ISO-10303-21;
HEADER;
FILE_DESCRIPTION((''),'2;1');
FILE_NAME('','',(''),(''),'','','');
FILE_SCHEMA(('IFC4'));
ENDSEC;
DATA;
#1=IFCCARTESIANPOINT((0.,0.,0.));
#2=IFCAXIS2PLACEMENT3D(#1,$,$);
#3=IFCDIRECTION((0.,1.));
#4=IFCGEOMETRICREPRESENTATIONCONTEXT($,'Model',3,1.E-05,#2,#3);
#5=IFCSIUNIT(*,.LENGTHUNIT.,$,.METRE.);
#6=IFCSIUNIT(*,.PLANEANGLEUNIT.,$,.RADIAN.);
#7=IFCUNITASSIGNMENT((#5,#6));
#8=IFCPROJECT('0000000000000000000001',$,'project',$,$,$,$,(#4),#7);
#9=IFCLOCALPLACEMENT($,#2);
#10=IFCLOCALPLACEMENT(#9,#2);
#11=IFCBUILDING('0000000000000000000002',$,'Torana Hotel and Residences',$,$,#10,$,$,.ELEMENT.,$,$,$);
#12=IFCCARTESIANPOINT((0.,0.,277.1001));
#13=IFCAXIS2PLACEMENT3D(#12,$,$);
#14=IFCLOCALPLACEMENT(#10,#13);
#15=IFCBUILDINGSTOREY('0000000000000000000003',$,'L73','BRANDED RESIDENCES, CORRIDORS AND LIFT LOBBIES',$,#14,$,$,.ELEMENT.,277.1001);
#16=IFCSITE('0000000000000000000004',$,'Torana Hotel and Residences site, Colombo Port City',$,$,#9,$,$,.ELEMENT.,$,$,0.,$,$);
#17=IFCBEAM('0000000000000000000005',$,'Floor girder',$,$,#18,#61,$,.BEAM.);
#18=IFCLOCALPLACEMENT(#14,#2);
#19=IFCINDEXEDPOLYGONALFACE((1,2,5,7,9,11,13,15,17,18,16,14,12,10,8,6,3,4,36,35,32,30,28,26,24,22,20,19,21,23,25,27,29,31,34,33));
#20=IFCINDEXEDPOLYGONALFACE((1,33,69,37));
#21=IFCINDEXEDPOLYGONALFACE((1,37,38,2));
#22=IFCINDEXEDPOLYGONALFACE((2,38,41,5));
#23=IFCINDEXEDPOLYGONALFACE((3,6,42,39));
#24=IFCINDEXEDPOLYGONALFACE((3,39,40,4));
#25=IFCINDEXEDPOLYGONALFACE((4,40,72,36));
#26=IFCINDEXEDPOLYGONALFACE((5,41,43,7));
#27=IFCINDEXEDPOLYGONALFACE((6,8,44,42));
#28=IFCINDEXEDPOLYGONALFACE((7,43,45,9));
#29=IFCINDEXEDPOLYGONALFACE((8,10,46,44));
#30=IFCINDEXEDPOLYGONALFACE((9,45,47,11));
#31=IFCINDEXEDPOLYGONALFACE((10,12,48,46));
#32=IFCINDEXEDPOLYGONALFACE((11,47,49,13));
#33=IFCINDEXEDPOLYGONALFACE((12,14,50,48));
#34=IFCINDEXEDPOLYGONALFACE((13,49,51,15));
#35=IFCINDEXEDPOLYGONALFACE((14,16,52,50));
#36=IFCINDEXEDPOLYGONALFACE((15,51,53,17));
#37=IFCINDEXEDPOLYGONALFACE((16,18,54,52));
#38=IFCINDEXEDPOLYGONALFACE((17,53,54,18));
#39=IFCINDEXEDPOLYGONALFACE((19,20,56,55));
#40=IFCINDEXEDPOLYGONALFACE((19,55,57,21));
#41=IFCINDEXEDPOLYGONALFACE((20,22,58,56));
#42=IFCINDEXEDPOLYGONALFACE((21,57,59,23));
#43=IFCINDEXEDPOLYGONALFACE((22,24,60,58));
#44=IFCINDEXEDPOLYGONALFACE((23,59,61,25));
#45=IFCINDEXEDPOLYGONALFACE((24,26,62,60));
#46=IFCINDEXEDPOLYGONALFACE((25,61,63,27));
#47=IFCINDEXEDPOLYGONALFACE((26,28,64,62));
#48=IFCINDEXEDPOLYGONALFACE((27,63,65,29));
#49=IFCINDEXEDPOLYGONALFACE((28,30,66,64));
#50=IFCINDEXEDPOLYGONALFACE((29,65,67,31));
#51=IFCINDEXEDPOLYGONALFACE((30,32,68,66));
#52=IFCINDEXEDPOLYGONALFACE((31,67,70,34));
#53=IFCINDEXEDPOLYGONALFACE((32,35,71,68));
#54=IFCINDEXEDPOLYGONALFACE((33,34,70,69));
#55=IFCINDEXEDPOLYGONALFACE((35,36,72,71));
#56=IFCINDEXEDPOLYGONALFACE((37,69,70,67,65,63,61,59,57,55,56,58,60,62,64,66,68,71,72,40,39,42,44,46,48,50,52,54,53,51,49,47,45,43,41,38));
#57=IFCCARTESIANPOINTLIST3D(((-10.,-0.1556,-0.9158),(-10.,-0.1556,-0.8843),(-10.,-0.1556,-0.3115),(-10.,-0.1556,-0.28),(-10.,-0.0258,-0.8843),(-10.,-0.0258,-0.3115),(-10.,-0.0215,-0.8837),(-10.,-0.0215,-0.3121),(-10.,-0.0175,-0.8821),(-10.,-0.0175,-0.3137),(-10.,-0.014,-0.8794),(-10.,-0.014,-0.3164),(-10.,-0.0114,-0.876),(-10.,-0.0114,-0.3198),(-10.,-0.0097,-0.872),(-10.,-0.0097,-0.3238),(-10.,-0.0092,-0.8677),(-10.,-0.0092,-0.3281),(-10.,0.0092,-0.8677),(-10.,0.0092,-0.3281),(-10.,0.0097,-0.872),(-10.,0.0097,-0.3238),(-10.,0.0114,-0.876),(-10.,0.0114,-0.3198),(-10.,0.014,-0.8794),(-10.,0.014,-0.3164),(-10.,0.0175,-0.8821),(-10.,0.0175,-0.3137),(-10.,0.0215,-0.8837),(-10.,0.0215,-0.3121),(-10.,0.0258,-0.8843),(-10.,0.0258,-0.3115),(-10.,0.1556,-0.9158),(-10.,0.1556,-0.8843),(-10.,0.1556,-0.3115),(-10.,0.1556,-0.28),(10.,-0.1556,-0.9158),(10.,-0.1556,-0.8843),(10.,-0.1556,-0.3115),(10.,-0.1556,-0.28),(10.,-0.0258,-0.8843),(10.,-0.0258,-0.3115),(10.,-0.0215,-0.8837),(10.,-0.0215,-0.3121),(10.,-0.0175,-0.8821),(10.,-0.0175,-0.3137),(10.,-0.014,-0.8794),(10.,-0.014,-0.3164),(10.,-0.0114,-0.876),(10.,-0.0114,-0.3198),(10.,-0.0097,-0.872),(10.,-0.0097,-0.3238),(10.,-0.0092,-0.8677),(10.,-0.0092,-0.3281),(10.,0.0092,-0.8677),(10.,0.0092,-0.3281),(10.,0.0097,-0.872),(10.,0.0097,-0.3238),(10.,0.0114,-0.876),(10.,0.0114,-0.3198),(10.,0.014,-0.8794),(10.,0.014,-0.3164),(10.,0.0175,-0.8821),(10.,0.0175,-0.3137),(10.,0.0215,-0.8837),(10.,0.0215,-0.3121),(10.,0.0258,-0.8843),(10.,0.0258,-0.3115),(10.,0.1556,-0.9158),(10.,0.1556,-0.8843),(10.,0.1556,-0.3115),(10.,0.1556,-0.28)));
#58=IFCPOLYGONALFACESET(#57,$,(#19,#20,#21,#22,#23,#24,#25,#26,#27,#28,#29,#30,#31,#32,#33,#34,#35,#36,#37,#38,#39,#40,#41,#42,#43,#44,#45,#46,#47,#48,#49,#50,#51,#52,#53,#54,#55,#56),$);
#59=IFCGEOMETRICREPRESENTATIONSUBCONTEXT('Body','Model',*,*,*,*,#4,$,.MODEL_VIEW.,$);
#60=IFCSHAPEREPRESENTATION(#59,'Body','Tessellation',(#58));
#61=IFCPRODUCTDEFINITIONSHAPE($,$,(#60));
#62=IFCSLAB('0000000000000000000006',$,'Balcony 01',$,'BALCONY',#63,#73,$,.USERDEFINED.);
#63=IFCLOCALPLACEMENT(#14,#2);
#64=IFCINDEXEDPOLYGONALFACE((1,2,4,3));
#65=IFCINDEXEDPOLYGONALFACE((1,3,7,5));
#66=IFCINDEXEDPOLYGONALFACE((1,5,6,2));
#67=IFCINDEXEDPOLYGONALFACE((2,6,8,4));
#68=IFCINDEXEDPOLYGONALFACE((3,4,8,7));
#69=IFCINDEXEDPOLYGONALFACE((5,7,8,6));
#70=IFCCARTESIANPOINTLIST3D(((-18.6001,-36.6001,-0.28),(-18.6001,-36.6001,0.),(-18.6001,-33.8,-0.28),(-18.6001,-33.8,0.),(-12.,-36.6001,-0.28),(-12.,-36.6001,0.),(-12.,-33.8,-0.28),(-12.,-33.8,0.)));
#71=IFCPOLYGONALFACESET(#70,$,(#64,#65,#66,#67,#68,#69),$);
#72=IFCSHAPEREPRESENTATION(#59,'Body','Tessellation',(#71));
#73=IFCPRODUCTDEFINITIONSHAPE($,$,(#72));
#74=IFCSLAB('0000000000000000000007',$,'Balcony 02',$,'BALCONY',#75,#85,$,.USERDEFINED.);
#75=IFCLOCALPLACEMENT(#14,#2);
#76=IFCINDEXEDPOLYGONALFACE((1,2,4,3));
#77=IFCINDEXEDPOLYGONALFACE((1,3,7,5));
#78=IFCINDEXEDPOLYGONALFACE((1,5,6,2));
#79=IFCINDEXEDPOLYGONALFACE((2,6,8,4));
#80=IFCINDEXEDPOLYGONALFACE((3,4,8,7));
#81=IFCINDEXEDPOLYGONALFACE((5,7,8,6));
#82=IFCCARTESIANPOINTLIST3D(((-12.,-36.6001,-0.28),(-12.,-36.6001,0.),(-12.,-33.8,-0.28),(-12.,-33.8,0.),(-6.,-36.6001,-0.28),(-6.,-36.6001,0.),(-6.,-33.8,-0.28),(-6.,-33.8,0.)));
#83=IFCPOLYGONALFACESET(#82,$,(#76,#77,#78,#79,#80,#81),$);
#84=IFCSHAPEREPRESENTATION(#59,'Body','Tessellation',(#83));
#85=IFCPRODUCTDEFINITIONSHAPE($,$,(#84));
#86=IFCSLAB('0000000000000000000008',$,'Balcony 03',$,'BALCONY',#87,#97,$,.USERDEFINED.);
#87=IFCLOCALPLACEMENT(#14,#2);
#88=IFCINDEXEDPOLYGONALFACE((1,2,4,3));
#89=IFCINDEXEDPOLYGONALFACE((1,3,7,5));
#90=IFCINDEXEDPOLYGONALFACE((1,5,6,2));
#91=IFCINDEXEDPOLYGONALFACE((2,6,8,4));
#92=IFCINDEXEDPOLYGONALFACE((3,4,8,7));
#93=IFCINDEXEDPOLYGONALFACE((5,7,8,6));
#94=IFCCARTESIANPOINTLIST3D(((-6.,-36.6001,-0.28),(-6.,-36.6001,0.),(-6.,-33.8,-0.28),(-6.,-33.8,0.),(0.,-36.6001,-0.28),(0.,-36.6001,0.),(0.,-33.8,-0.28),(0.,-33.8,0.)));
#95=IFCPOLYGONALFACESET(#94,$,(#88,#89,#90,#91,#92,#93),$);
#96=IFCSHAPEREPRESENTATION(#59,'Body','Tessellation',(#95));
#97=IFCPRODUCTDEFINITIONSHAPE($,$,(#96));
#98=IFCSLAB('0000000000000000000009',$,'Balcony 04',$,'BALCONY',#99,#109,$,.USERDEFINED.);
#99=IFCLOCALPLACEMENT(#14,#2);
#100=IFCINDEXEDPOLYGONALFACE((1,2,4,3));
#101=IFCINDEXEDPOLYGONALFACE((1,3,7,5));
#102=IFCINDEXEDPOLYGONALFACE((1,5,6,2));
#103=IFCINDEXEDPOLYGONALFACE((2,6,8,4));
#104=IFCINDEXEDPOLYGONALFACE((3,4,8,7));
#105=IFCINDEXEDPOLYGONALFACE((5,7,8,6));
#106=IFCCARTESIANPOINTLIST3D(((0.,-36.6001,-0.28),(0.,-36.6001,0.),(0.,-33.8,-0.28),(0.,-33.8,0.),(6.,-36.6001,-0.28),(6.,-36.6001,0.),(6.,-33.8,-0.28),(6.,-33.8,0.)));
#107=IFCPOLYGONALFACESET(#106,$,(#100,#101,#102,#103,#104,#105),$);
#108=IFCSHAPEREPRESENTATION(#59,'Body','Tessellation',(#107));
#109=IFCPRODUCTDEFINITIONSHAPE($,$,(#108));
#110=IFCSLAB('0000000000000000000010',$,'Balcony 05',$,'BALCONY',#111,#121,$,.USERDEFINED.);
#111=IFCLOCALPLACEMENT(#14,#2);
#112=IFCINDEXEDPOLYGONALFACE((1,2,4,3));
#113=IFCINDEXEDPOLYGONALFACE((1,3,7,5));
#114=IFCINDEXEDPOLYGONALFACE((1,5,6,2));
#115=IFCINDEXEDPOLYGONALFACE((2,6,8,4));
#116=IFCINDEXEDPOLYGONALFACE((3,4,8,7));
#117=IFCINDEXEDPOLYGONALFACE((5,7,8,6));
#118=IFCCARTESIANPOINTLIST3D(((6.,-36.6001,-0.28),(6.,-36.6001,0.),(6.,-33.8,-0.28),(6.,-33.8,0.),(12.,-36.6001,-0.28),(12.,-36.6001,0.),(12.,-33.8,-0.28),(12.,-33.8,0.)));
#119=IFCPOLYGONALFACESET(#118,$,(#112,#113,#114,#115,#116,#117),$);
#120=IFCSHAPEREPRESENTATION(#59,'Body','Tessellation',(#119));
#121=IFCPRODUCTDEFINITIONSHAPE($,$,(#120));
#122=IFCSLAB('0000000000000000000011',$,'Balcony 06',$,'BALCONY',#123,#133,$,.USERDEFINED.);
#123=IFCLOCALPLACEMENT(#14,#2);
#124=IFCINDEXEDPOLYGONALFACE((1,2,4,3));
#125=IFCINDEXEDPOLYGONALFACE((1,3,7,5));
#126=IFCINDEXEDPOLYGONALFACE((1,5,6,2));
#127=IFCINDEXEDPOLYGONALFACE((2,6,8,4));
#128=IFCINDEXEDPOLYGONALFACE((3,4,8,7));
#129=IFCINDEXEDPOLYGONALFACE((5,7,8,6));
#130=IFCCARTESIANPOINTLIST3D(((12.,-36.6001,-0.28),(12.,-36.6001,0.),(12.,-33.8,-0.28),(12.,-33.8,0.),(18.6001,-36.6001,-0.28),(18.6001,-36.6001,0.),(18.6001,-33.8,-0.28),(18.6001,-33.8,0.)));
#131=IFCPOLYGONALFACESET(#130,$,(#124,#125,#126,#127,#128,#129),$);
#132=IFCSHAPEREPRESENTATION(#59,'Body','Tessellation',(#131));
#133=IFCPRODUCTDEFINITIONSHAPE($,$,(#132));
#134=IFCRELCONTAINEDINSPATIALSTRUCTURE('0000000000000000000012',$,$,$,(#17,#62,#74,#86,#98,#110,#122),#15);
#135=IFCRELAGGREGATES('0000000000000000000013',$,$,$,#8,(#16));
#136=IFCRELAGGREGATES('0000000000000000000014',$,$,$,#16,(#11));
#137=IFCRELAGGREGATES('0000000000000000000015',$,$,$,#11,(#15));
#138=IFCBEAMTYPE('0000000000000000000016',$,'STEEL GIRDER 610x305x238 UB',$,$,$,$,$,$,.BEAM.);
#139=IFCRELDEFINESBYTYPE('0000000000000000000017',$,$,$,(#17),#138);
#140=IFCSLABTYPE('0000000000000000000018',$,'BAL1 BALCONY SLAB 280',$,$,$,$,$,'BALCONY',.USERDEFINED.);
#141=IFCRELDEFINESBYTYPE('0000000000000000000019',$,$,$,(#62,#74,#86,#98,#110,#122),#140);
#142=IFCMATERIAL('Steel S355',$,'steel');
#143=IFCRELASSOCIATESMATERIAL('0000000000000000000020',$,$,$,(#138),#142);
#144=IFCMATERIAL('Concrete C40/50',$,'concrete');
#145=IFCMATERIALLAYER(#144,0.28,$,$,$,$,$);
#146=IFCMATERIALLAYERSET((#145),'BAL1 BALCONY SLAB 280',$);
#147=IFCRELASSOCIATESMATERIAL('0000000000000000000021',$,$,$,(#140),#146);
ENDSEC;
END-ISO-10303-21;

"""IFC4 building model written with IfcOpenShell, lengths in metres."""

from ifc_helpers import new_model, si_unit, direction, frame, origin, origin_2d, place, context, subcontext, project, spatial, polyline, i_section, outline, extrude, material, layer, layer_set, material_profile, profile_set, type_object, element, save


model = new_model("IFC4")

# Units and contexts
model_context = context("Model", 3, precision=1e-05, world=origin(), true_north=direction((0.0, 1.0)))
body_context = subcontext(model_context, "Body", "Model", "MODEL_VIEW")
ifc_project = project(units=[si_unit("LENGTHUNIT", "METRE"), si_unit("PLANEANGLEUNIT", "RADIAN")], contexts=[model_context])

# Site, building, storey
site_placement = place(None, origin())
site = spatial("IfcSite", under=ifc_project, at=site_placement, Name="Torana Hotel and Residences site, Colombo Port City", CompositionType="ELEMENT", RefElevation=0.0)
building_placement = place(site_placement, origin())
building = spatial("IfcBuilding", under=site, at=building_placement, Name="Torana Hotel and Residences", CompositionType="ELEMENT")
storey_placement = place(building_placement, frame((0.0, 0.0, 277.1001)))
storey = spatial("IfcBuildingStorey", under=building, at=storey_placement, Name="L73", Description="BRANDED RESIDENCES, CORRIDORS AND LIFT LOBBIES", CompositionType="ELEMENT", Elevation=277.1001)

# Beam
ifc_material_1 = material(Name="Steel S355", Category="steel")
ifc_material_profile = material_profile(ifc_material_1, i_section(OverallWidth=0.3113, OverallDepth=0.6357, WebThickness=0.0183, FlangeThickness=0.0315, FilletRadius=0.0166, at=origin_2d()), Name="610x305x238 UB")
ifc_profile_set = profile_set([ifc_material_profile], Name="Steel S355")
beam_type = type_object("IfcBeamType", Name="STEEL GIRDER 610x305x238 UB", PredefinedType="BEAM", material=ifc_profile_set)
beam_placement = place(storey_placement, frame((-10.0, 0.0, -0.5979), z_axis=(1.0, 0.0, 0.0), x_axis=(0.0, 1.0, 0.0)))
element("IfcBeam", 1, at=beam_placement, inside=storey, type_object=beam_type, Name="Floor girder", PredefinedType="BEAM", context=body_context, shape_type="SweptSolid", body=[
    extrude(i_section(OverallWidth=0.3113, OverallDepth=0.6357, WebThickness=0.0183, FlangeThickness=0.0315, FilletRadius=0.0166, at=origin_2d()), origin(), (0.0, 0.0, 1.0), 20.0),
])

# Slabs
ifc_material_2 = material(Name="Concrete C40/50", Category="concrete")
ifc_layer_1 = layer(ifc_material_2, 0.28)
ifc_layer_set_1 = layer_set([ifc_layer_1], Name="BAL1 BALCONY SLAB 280")
slab_type_1 = type_object("IfcSlabType", Name="BAL1 BALCONY SLAB 280", ElementType="BALCONY", PredefinedType="USERDEFINED", material=ifc_layer_set_1)
slab_1_placement = place(storey_placement, frame((0.0, 0.0, -0.28)))
element("IfcSlab", 2, at=slab_1_placement, inside=storey, type_object=slab_type_1, Name="Balcony 01", ObjectType="BALCONY", PredefinedType="USERDEFINED", context=body_context, shape_type="SweptSolid", body=[
    extrude(outline(polyline([(-18.6001, -36.6001), (-12.0, -36.6001), (-12.0, -33.8), (-18.6001, -33.8), (-18.6001, -36.6001)])), origin(), (0.0, 0.0, 1.0), 0.28),
])
slab_2_placement = place(storey_placement, frame((0.0, 0.0, -0.28)))
element("IfcSlab", 3, at=slab_2_placement, inside=storey, type_object=slab_type_1, Name="Balcony 02", ObjectType="BALCONY", PredefinedType="USERDEFINED", context=body_context, shape_type="SweptSolid", body=[
    extrude(outline(polyline([(-12.0, -36.6001), (-6.0, -36.6001), (-6.0, -33.8), (-12.0, -33.8), (-12.0, -36.6001)])), origin(), (0.0, 0.0, 1.0), 0.28),
])
slab_3_placement = place(storey_placement, frame((0.0, 0.0, -0.28)))
element("IfcSlab", 4, at=slab_3_placement, inside=storey, type_object=slab_type_1, Name="Balcony 03", ObjectType="BALCONY", PredefinedType="USERDEFINED", context=body_context, shape_type="SweptSolid", body=[
    extrude(outline(polyline([(-6.0, -36.6001), (0.0, -36.6001), (0.0, -33.8), (-6.0, -33.8), (-6.0, -36.6001)])), origin(), (0.0, 0.0, 1.0), 0.28),
])
slab_4_placement = place(storey_placement, frame((0.0, 0.0, -0.28)))
element("IfcSlab", 5, at=slab_4_placement, inside=storey, type_object=slab_type_1, Name="Balcony 04", ObjectType="BALCONY", PredefinedType="USERDEFINED", context=body_context, shape_type="SweptSolid", body=[
    extrude(outline(polyline([(0.0, -36.6001), (6.0, -36.6001), (6.0, -33.8), (0.0, -33.8), (0.0, -36.6001)])), origin(), (0.0, 0.0, 1.0), 0.28),
])
slab_5_placement = place(storey_placement, frame((0.0, 0.0, -0.28)))
element("IfcSlab", 6, at=slab_5_placement, inside=storey, type_object=slab_type_1, Name="Balcony 05", ObjectType="BALCONY", PredefinedType="USERDEFINED", context=body_context, shape_type="SweptSolid", body=[
    extrude(outline(polyline([(6.0, -36.6001), (12.0, -36.6001), (12.0, -33.8), (6.0, -33.8), (6.0, -36.6001)])), origin(), (0.0, 0.0, 1.0), 0.28),
])
slab_6_placement = place(storey_placement, frame((0.0, 0.0, -0.28)))
element("IfcSlab", 7, at=slab_6_placement, inside=storey, type_object=slab_type_1, Name="Balcony 06", ObjectType="BALCONY", PredefinedType="USERDEFINED", context=body_context, shape_type="SweptSolid", body=[
    extrude(outline(polyline([(12.0, -36.6001), (18.6001, -36.6001), (18.6001, -33.8), (12.0, -33.8), (12.0, -36.6001)])), origin(), (0.0, 0.0, 1.0), 0.28),
])

save(model, "model.ifc")
